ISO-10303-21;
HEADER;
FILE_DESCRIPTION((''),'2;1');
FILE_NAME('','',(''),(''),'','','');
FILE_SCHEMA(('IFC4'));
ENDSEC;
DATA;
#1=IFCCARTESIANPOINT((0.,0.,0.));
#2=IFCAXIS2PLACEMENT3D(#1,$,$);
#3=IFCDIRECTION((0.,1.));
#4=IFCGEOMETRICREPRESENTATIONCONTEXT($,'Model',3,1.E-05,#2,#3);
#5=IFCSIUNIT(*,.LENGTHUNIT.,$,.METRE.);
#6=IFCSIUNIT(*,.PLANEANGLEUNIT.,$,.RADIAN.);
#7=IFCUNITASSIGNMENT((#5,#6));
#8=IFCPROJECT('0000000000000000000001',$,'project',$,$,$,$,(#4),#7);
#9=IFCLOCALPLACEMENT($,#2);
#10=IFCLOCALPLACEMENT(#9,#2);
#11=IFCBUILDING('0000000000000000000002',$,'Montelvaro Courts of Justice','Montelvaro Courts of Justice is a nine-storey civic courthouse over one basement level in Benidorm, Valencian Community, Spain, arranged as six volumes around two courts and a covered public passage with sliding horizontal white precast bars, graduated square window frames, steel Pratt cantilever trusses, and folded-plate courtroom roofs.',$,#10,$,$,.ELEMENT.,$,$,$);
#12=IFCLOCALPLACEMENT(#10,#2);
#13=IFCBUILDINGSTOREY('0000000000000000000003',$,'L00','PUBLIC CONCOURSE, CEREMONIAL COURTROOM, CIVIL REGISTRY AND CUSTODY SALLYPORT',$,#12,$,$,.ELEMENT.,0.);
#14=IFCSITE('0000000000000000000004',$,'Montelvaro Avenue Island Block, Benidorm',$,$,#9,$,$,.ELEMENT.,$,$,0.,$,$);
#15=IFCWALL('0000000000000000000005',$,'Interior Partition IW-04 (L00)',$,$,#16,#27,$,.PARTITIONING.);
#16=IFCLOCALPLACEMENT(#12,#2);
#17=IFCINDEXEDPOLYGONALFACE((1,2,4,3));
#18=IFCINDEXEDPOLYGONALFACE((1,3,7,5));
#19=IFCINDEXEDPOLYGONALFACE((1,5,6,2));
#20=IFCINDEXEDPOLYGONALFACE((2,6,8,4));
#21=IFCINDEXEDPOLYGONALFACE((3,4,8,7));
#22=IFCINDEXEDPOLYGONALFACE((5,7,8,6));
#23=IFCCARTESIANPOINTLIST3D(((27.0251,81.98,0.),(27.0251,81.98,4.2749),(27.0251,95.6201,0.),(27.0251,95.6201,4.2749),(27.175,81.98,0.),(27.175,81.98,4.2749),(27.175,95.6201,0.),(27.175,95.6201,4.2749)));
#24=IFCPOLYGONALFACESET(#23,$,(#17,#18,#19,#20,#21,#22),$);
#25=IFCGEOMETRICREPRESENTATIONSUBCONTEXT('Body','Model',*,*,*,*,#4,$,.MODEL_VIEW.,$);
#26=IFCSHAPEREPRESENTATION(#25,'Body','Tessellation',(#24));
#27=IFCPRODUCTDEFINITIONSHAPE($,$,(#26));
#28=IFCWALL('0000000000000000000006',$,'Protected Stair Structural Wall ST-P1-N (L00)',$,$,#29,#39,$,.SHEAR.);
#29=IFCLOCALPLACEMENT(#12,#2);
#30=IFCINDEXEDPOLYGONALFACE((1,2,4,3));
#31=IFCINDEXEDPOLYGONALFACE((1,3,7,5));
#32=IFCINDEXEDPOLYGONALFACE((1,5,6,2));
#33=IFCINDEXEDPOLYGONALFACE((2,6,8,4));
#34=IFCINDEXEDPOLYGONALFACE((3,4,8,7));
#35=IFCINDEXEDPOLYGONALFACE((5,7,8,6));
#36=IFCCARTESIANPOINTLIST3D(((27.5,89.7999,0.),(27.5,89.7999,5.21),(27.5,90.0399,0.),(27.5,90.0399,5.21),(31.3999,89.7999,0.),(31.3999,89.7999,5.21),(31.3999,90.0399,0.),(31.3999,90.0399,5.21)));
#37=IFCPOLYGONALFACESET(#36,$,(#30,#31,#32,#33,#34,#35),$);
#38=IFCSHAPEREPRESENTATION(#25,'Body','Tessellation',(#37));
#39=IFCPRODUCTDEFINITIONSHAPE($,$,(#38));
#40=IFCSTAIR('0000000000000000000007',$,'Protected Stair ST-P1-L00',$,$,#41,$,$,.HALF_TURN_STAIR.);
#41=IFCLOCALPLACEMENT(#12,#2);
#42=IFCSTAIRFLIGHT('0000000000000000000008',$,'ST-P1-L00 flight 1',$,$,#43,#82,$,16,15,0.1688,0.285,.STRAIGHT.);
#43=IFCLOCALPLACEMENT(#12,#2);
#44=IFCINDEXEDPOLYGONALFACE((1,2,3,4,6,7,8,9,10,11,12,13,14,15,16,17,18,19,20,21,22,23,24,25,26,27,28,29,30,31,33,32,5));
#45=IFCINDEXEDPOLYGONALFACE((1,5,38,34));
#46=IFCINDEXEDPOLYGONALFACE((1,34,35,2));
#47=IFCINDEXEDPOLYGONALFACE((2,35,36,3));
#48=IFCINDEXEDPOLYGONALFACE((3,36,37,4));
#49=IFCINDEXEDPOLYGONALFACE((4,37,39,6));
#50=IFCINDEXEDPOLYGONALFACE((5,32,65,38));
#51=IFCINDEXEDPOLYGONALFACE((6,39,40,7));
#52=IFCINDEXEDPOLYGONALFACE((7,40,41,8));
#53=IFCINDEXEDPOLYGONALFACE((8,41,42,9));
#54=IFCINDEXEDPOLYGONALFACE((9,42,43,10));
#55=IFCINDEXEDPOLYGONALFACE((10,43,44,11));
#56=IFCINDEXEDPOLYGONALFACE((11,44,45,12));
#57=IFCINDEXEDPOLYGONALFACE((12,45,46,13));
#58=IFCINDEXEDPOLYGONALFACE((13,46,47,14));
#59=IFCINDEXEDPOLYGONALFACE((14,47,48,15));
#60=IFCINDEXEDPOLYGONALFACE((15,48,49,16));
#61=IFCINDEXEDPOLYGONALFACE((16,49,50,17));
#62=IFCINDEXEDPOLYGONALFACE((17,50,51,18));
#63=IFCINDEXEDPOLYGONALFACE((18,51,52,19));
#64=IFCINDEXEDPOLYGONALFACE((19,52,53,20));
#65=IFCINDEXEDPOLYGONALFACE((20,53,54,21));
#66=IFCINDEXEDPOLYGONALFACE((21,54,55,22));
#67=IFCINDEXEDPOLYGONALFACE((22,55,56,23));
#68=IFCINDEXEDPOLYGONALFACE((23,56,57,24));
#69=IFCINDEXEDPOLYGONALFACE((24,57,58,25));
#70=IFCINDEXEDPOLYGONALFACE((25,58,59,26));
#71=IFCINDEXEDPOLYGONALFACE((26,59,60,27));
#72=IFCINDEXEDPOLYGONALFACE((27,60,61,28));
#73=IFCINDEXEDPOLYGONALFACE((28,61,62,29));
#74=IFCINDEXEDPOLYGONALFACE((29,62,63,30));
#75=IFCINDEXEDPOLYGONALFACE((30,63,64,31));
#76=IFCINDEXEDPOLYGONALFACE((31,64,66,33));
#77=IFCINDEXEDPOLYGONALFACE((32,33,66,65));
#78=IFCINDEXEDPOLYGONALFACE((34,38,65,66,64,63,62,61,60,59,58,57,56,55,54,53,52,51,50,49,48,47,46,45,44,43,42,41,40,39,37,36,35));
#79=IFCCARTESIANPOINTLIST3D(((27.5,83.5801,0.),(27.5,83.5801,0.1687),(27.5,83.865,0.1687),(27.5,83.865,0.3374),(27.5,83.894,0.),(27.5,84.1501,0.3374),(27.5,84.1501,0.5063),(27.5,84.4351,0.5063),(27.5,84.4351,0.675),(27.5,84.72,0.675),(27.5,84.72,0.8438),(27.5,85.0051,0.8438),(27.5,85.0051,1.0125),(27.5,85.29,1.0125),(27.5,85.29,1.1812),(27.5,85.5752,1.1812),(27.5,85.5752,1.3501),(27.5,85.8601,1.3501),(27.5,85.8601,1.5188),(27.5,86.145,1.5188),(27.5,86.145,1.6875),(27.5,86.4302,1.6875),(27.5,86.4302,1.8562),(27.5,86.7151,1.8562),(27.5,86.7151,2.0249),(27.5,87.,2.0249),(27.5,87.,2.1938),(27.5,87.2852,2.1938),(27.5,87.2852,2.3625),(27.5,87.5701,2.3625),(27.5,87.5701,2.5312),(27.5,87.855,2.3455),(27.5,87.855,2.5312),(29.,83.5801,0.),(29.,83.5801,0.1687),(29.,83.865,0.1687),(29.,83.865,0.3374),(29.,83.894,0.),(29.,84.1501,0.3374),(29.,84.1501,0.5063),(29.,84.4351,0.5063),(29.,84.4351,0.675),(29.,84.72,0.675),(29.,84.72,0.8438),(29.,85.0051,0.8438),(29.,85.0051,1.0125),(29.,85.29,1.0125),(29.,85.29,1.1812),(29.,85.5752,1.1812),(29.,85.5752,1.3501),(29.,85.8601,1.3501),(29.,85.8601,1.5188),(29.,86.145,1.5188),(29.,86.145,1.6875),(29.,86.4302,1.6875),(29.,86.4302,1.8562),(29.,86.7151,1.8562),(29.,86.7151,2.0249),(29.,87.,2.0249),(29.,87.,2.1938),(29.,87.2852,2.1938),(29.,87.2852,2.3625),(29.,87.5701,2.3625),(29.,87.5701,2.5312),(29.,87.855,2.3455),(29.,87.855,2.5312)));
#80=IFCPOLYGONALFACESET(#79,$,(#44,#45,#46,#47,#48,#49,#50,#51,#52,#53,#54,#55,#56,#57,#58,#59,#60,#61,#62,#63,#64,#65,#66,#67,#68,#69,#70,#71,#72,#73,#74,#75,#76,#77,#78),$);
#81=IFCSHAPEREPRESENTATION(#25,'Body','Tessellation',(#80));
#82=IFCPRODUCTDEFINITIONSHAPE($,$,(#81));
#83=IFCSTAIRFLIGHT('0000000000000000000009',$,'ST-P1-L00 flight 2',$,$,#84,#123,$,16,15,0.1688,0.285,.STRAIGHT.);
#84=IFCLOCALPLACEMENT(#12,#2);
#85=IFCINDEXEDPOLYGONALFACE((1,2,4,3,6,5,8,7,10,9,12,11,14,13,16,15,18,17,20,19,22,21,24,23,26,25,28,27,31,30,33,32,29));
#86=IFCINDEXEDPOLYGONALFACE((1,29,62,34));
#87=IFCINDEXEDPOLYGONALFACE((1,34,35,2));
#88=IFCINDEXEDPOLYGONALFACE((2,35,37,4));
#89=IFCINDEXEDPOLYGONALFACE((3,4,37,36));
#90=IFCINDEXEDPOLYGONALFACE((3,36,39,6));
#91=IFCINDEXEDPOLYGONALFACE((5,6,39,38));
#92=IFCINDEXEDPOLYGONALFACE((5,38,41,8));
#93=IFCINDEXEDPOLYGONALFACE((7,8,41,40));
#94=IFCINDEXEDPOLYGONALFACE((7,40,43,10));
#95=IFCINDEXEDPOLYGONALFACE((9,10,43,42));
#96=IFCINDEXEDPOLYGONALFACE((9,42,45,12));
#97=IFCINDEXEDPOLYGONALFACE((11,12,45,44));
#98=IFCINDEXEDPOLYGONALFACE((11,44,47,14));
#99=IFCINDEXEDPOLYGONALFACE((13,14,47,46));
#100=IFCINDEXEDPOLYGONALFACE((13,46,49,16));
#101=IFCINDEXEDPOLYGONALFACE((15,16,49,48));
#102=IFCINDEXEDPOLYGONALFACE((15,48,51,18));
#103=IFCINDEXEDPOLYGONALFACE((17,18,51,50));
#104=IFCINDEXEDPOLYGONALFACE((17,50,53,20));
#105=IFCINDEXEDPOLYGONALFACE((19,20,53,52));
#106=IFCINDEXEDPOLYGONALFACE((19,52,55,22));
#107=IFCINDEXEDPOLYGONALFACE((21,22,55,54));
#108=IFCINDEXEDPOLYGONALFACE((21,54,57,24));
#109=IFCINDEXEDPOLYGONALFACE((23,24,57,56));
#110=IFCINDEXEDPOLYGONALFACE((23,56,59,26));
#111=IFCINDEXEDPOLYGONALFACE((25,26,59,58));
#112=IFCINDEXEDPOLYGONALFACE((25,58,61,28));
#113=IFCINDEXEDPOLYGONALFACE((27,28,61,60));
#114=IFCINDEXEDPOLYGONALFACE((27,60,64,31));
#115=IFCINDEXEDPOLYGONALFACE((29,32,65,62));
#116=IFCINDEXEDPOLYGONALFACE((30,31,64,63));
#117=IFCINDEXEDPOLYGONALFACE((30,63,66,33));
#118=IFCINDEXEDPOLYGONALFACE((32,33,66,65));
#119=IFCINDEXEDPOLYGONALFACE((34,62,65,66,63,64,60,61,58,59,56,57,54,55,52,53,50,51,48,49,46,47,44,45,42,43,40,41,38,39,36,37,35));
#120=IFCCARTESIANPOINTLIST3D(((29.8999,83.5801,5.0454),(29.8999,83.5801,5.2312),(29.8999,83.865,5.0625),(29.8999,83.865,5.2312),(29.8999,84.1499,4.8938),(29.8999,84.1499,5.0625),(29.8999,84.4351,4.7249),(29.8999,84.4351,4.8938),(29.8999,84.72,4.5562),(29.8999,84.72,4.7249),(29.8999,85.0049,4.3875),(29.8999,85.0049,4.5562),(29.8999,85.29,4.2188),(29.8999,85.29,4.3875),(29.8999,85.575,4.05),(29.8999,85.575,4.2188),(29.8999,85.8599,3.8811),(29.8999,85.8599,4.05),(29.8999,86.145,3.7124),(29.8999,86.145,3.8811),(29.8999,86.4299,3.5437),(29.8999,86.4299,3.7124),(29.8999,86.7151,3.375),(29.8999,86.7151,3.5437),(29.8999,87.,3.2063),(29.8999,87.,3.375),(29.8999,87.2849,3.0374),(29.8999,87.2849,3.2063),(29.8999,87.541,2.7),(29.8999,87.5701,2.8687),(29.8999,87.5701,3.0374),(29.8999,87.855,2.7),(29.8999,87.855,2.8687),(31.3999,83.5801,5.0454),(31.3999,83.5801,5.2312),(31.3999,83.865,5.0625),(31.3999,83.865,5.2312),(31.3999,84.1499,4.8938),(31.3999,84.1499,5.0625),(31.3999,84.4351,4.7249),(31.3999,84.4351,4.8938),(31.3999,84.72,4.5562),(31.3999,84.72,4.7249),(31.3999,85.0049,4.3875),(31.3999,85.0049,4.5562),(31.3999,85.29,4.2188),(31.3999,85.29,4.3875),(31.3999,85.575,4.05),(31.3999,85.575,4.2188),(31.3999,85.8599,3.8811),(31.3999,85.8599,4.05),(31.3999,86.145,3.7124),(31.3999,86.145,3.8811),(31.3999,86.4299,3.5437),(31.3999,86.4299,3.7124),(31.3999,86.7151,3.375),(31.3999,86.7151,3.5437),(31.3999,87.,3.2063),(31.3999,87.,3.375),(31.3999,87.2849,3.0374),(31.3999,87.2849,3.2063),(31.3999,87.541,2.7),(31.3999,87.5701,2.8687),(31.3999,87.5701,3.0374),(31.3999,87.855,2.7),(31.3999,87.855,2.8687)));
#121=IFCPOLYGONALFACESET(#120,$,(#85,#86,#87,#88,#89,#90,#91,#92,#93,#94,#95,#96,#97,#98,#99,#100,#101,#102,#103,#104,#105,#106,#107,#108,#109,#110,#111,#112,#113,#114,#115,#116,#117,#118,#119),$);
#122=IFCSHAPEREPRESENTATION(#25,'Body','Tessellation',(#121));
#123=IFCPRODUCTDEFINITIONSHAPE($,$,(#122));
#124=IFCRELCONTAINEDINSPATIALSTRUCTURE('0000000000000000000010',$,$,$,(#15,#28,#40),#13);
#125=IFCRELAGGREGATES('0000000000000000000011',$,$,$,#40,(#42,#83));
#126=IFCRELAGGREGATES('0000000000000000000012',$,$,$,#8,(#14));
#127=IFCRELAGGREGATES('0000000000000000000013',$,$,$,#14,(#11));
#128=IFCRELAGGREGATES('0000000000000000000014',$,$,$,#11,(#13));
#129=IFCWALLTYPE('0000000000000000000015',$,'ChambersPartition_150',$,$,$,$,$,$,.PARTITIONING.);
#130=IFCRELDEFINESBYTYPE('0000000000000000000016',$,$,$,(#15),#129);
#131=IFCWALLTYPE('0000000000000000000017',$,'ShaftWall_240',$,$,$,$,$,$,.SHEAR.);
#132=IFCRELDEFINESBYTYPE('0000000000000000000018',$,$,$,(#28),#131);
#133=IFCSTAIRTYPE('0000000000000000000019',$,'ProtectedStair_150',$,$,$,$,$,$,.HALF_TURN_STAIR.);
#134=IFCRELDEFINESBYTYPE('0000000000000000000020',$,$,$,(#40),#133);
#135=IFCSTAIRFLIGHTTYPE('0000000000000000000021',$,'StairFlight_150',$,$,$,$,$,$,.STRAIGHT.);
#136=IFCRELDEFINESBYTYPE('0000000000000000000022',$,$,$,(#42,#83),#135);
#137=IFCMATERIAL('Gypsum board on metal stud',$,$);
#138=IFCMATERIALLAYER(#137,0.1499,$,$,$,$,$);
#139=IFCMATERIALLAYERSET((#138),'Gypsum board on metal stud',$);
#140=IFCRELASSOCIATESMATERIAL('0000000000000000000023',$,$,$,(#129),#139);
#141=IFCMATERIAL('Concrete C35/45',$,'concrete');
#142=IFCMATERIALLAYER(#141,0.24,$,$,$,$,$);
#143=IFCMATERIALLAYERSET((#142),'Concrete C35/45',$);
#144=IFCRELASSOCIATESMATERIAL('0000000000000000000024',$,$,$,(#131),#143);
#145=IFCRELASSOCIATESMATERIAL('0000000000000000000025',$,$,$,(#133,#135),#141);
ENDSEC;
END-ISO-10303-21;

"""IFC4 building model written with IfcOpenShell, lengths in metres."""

from ifc_helpers import new_model, si_unit, direction, frame, frame_2d, origin, place, context, subcontext, project, spatial, polyline, rectangle, outline, extrude, material, layer, layer_set, type_object, element, aggregate, save


model = new_model("IFC4")

# Units and contexts
model_context = context("Model", 3, precision=1e-05, world=origin(), true_north=direction((0.0, 1.0)))
body_context = subcontext(model_context, "Body", "Model", "MODEL_VIEW")
ifc_project = project(units=[si_unit("LENGTHUNIT", "METRE"), si_unit("PLANEANGLEUNIT", "RADIAN")], contexts=[model_context])

# Site, building, storey
site_placement = place(None, origin())
site = spatial("IfcSite", under=ifc_project, at=site_placement, Name="Montelvaro Avenue Island Block, Benidorm", CompositionType="ELEMENT", RefElevation=0.0)
building_placement = place(site_placement, origin())
building = spatial("IfcBuilding", under=site, at=building_placement, Name="Montelvaro Courts of Justice", Description="Montelvaro Courts of Justice is a nine-storey civic courthouse over one basement level in Benidorm, Valencian Community, Spain, arranged as six volumes around two courts and a covered public passage with sliding horizontal white precast bars, graduated square window frames, steel Pratt cantilever trusses, and folded-plate courtroom roofs.", CompositionType="ELEMENT")
storey_placement = place(building_placement, origin())
storey = spatial("IfcBuildingStorey", under=building, at=storey_placement, Name="L00", Description="PUBLIC CONCOURSE, CEREMONIAL COURTROOM, CIVIL REGISTRY AND CUSTODY SALLYPORT", CompositionType="ELEMENT", Elevation=0.0)

# Walls
ifc_material_1 = material(Name="Gypsum board on metal stud")
ifc_layer_1 = layer(ifc_material_1, 0.1499)
ifc_layer_set_1 = layer_set([ifc_layer_1], Name="Gypsum board on metal stud")
wall_type_1 = type_object("IfcWallType", Name="ChambersPartition_150", PredefinedType="PARTITIONING", material=ifc_layer_set_1)
wall_1_placement = place(storey_placement, frame((27.1001, 95.6201, 0.0), z_axis=(0.0, 0.0, 1.0), x_axis=(0.0, -1.0, 0.0)))
element("IfcWall", 1, at=wall_1_placement, inside=storey, type_object=wall_type_1, Name="Interior Partition IW-04 (L00)", PredefinedType="PARTITIONING", context=body_context, shape_type="SweptSolid", body=[
    extrude(rectangle(XDim=13.6401, YDim=0.1499, at=frame_2d((6.8201, 0.0))), origin(), (0.0, 0.0, 1.0), 4.2749),
])
ifc_material_2 = material(Name="Concrete C35/45", Category="concrete")
ifc_layer_2 = layer(ifc_material_2, 0.24)
ifc_layer_set_2 = layer_set([ifc_layer_2], Name="Concrete C35/45")
wall_type_2 = type_object("IfcWallType", Name="ShaftWall_240", PredefinedType="SHEAR", material=ifc_layer_set_2)
wall_2_placement = place(storey_placement, frame((27.5, 89.9199, 0.0), z_axis=(0.0, 0.0, 1.0), x_axis=(1.0, 0.0, 0.0)))
element("IfcWall", 2, at=wall_2_placement, inside=storey, type_object=wall_type_2, Name="Protected Stair Structural Wall ST-P1-N (L00)", PredefinedType="SHEAR", context=body_context, shape_type="SweptSolid", body=[
    extrude(rectangle(XDim=3.8999, YDim=0.24, at=frame_2d((1.95, 0.0))), origin(), (0.0, 0.0, 1.0), 5.21),
])

# Stair, stair flights
stair_type = type_object("IfcStairType", Name="ProtectedStair_150", PredefinedType="HALF_TURN_STAIR", material=ifc_material_2)
stair_placement = place(storey_placement, origin())
stair = element("IfcStair", 3, at=stair_placement, inside=storey, type_object=stair_type, Name="Protected Stair ST-P1-L00", PredefinedType="HALF_TURN_STAIR")
stair_flight_type = type_object("IfcStairFlightType", Name="StairFlight_150", PredefinedType="STRAIGHT", material=ifc_material_2)
stair_flight_1_placement = place(storey_placement, frame((28.25, 83.5801, 0.0), z_axis=(0.0, 0.0, 1.0), x_axis=(0.0, 1.0, 0.0)))
stair_flight_1 = element("IfcStairFlight", 4, at=stair_flight_1_placement, type_object=stair_flight_type, Name="ST-P1-L00 flight 1", NumberOfRisers=16, NumberOfTreads=15, PredefinedType="STRAIGHT", RiserHeight=0.1688, TreadLength=0.285, context=body_context, shape_type="SweptSolid", body=[
    extrude(outline(polyline([(0.0, 0.0), (0.0, 0.1687), (0.2849, 0.1687), (0.2849, 0.3374), (0.5701, 0.3374), (0.5701, 0.5063), (0.855, 0.5063), (0.855, 0.675), (1.1399, 0.675), (1.1399, 0.8438), (1.425, 0.8438), (1.425, 1.0125), (1.71, 1.0125), (1.71, 1.1812), (1.9951, 1.1812), (1.9951, 1.3501), (2.28, 1.3501), (2.28, 1.5188), (2.5649, 1.5188), (2.5649, 1.6875), (2.8501, 1.6875), (2.8501, 1.8562), (3.135, 1.8562), (3.135, 2.0249), (3.4199, 2.0249), (3.4199, 2.1938), (3.7051, 2.1938), (3.7051, 2.3625), (3.99, 2.3625), (3.99, 2.5312), (4.2749, 2.5312), (4.2749, 2.7), (4.2749, 2.3455), (0.314, 0.0), (0.0, 0.0)])), frame((0.0, 0.75, 0.0), z_axis=(0.0, -1.0, 0.0), x_axis=(1.0, 0.0, 0.0)), (0.0, 0.0, 1.0), 1.5),
])
stair_flight_2_placement = place(storey_placement, frame((30.6499, 87.855, 2.7), z_axis=(0.0, 0.0, 1.0), x_axis=(0.0, -1.0, 0.0)))
stair_flight_2 = element("IfcStairFlight", 5, at=stair_flight_2_placement, type_object=stair_flight_type, Name="ST-P1-L00 flight 2", NumberOfRisers=16, NumberOfTreads=15, PredefinedType="STRAIGHT", RiserHeight=0.1688, TreadLength=0.285, context=body_context, shape_type="SweptSolid", body=[
    extrude(outline(polyline([(0.0, 0.0), (0.0, 0.1687), (0.2849, 0.1687), (0.2849, 0.3374), (0.5701, 0.3374), (0.5701, 0.5063), (0.855, 0.5063), (0.855, 0.675), (1.1399, 0.675), (1.1399, 0.8438), (1.425, 0.8438), (1.425, 1.0125), (1.71, 1.0125), (1.71, 1.1812), (1.9951, 1.1812), (1.9951, 1.3501), (2.28, 1.3501), (2.28, 1.5188), (2.5649, 1.5188), (2.5649, 1.6875), (2.8501, 1.6875), (2.8501, 1.8562), (3.135, 1.8562), (3.135, 2.0249), (3.4199, 2.0249), (3.4199, 2.1938), (3.7051, 2.1938), (3.7051, 2.3625), (3.99, 2.3625), (3.99, 2.5312), (4.2749, 2.5312), (4.2749, 2.7), (4.2749, 2.3455), (0.314, 0.0), (0.0, 0.0)])), frame((0.0, 0.75, 0.0), z_axis=(0.0, -1.0, 0.0), x_axis=(1.0, 0.0, 0.0)), (0.0, 0.0, 1.0), 1.5),
])
aggregate(stair, [stair_flight_1, stair_flight_2])

save(model, "model.ifc")
